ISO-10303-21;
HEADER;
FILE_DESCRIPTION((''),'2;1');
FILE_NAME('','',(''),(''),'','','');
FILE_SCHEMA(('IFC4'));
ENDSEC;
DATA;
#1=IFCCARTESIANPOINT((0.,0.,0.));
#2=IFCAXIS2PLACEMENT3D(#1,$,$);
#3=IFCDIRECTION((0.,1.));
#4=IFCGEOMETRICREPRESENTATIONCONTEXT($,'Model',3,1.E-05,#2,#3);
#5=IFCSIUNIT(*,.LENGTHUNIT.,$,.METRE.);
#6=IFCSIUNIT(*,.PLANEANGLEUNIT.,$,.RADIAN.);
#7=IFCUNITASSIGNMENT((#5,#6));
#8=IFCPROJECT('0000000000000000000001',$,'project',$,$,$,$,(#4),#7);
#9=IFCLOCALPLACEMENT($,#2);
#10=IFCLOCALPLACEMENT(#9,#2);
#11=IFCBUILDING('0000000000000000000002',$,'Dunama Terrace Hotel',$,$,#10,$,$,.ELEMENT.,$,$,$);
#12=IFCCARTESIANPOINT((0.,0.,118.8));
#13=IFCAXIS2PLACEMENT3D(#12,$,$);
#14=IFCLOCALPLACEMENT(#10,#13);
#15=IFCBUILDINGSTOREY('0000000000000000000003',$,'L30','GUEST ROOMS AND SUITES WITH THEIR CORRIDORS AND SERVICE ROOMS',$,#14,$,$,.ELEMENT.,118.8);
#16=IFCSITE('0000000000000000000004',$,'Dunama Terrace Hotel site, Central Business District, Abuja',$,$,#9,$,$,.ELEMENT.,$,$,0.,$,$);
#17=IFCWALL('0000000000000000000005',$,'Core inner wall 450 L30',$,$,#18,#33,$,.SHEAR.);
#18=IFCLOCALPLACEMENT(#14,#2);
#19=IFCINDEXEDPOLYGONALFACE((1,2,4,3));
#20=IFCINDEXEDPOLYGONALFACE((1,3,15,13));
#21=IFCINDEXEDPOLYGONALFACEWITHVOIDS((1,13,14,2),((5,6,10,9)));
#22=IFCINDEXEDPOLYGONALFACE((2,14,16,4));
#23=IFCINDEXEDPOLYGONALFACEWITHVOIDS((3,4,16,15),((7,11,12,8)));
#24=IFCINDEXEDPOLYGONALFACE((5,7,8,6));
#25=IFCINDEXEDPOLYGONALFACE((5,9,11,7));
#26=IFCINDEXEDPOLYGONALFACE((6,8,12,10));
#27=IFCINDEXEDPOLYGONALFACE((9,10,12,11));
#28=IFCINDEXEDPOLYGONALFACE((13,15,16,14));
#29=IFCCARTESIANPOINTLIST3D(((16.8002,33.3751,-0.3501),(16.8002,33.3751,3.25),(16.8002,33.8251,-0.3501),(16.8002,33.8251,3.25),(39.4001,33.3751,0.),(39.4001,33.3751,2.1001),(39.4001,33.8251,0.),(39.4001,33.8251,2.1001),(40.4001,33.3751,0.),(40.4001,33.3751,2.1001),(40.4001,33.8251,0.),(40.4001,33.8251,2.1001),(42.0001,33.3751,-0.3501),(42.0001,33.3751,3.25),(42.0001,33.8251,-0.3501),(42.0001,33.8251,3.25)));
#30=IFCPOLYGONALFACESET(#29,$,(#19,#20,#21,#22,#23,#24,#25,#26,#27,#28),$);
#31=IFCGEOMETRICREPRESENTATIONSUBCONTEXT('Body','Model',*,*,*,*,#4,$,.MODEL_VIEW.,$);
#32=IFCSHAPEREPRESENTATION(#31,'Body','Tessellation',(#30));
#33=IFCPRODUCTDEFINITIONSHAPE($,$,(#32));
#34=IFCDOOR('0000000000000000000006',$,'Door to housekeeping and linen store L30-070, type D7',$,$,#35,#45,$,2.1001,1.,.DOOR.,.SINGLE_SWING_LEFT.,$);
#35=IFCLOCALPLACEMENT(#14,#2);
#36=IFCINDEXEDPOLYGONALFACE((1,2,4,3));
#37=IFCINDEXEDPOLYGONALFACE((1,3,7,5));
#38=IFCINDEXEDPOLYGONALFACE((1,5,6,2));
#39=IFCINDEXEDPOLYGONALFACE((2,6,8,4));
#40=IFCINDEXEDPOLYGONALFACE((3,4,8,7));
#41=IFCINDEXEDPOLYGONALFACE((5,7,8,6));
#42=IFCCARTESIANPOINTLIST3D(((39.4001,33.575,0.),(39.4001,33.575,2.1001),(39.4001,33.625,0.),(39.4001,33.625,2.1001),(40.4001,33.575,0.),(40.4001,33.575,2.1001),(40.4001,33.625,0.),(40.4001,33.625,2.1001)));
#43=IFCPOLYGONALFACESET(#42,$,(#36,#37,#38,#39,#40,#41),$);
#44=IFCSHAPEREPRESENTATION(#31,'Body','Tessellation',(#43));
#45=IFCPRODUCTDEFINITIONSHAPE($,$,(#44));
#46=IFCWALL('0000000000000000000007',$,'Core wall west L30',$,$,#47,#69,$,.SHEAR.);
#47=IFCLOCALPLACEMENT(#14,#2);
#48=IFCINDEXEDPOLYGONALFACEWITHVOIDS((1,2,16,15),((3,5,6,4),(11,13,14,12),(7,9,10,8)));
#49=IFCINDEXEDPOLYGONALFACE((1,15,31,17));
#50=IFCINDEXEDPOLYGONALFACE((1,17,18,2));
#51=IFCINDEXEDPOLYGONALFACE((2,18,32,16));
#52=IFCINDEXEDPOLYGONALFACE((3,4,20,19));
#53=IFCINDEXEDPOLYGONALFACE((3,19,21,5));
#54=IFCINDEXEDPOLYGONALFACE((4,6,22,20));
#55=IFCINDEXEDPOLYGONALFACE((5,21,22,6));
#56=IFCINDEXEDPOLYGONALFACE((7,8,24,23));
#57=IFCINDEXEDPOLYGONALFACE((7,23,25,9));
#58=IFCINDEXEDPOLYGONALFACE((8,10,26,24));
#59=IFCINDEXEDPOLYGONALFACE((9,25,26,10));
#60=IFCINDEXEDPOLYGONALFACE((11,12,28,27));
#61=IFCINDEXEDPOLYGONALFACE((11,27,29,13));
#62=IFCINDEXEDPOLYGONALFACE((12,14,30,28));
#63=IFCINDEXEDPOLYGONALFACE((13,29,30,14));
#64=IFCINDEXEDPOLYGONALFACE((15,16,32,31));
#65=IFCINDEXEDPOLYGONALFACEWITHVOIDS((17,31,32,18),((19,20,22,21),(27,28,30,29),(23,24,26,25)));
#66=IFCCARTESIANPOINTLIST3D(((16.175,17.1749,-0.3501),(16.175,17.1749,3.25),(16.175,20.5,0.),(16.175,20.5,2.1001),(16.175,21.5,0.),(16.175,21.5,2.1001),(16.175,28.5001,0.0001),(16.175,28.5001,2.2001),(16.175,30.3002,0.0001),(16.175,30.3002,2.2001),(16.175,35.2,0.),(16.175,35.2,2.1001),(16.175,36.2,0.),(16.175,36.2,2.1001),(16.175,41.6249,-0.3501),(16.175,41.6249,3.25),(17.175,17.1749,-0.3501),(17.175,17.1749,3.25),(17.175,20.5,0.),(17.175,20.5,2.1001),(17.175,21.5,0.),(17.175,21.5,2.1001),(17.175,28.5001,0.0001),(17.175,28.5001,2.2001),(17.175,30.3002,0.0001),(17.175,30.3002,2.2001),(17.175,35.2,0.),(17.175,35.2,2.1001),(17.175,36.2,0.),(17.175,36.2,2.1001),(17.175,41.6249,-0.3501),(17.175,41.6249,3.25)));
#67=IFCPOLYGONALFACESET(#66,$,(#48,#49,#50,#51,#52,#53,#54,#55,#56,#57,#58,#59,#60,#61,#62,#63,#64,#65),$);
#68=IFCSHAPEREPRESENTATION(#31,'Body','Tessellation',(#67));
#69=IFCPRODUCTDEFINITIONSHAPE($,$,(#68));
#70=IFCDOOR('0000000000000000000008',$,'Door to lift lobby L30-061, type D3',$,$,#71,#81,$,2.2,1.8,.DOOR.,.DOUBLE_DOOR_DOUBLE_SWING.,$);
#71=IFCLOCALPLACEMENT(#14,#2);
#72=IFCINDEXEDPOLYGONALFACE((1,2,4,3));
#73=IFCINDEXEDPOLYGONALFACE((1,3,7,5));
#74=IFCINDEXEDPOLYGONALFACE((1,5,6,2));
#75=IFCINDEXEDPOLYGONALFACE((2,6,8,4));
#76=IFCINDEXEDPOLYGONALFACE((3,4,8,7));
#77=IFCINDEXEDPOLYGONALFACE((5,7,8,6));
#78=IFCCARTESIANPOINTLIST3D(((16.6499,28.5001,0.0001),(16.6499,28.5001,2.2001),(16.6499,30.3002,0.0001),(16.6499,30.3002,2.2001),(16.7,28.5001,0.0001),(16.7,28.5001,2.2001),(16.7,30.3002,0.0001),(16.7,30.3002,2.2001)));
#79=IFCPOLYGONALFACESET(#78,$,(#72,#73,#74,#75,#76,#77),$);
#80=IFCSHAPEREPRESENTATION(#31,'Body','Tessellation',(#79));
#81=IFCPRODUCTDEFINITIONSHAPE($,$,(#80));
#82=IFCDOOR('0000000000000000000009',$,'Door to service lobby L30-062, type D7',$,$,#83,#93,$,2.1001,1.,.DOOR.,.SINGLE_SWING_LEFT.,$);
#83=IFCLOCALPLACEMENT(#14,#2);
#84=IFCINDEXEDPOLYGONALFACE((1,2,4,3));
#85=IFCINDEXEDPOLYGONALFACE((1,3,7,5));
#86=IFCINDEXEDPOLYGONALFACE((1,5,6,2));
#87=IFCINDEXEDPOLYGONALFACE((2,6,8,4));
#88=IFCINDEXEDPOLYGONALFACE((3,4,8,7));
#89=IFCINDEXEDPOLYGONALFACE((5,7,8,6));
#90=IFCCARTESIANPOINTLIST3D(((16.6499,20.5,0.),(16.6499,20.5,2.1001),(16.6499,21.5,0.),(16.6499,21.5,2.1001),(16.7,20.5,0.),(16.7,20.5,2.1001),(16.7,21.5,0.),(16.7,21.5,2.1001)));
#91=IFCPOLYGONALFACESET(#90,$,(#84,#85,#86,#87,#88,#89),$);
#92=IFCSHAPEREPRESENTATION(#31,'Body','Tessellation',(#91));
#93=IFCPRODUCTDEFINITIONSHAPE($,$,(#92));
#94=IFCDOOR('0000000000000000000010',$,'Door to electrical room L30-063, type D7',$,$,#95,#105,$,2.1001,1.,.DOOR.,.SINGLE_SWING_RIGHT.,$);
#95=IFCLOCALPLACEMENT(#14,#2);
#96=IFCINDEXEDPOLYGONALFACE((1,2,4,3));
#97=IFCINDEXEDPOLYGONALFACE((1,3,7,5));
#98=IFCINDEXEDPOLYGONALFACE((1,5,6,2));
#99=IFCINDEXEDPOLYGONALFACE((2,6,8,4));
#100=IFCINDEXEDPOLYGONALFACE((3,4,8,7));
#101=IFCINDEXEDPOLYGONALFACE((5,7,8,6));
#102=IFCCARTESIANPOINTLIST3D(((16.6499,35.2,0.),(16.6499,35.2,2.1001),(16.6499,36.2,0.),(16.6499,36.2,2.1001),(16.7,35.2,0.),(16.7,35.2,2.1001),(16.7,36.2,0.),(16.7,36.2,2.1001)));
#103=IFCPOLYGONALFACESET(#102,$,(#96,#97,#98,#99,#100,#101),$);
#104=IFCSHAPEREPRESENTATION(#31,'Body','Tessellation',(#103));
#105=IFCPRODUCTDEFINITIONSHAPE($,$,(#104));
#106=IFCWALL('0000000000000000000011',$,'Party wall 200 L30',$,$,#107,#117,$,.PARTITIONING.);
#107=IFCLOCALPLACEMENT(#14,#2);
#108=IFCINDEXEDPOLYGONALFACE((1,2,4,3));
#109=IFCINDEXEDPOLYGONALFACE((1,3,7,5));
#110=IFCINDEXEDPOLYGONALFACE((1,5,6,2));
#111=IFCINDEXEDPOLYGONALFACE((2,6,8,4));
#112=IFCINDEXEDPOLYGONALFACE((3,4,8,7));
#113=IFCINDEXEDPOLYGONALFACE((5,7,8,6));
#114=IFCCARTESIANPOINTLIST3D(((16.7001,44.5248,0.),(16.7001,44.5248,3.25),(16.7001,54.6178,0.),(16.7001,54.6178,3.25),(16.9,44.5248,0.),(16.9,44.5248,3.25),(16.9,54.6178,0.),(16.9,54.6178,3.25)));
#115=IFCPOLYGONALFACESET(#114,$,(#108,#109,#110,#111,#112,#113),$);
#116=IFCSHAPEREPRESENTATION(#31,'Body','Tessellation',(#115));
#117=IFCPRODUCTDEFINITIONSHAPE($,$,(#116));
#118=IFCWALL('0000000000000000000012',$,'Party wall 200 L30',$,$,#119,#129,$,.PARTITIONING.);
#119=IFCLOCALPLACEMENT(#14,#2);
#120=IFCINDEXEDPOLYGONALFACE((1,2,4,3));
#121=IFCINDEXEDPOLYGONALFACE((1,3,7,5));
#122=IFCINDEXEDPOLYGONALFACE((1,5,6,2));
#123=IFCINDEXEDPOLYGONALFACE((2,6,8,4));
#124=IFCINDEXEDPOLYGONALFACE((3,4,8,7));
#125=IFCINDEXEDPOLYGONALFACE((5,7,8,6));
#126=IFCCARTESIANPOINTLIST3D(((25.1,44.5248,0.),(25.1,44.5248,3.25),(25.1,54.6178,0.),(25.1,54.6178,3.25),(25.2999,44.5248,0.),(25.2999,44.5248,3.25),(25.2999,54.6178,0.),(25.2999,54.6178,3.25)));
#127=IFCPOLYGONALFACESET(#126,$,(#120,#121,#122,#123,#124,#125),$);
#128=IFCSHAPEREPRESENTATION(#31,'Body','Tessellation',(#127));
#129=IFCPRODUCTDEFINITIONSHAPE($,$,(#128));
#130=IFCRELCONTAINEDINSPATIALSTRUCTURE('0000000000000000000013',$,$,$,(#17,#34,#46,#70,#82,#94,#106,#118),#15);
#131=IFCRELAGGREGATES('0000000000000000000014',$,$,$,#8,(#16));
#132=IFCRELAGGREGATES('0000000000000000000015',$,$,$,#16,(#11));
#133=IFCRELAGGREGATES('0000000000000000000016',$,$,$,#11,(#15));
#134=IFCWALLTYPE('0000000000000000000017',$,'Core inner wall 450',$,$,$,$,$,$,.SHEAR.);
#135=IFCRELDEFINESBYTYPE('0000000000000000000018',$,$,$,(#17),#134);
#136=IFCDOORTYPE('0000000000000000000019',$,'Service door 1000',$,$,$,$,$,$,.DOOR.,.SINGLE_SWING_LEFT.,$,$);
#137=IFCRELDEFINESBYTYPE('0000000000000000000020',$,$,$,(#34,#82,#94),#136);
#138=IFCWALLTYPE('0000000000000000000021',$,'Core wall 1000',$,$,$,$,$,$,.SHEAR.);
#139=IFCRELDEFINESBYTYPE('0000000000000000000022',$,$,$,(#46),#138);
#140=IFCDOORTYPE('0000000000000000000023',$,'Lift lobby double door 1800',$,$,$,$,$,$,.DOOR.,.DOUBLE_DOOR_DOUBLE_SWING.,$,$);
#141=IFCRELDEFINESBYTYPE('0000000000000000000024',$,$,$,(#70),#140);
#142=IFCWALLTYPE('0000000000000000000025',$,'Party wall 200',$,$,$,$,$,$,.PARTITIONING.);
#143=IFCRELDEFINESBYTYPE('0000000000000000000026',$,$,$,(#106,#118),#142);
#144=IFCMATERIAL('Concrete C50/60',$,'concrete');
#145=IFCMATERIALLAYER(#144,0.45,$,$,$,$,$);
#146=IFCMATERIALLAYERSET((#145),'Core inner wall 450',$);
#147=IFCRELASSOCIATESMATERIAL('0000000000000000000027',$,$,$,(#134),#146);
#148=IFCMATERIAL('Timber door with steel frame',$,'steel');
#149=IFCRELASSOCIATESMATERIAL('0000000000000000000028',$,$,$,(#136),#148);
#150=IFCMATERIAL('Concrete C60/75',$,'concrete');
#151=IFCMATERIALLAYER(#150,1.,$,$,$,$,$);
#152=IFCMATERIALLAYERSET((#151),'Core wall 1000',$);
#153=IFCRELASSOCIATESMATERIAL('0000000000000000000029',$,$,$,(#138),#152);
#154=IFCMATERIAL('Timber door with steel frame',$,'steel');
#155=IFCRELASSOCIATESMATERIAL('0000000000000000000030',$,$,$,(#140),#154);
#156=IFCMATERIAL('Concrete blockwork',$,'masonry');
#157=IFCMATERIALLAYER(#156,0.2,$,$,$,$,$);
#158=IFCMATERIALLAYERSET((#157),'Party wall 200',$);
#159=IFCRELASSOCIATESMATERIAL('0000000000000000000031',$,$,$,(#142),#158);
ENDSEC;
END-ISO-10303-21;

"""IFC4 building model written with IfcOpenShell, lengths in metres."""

from ifc_helpers import new_model, si_unit, direction, frame, frame_2d, origin, place, context, subcontext, project, spatial, rectangle, extrude, material, layer, layer_set, type_object, element, fill, save


model = new_model("IFC4")

# Units and contexts
model_context = context("Model", 3, precision=1e-05, world=origin(), true_north=direction((0.0, 1.0)))
body_context = subcontext(model_context, "Body", "Model", "MODEL_VIEW")
ifc_project = project(units=[si_unit("LENGTHUNIT", "METRE"), si_unit("PLANEANGLEUNIT", "RADIAN")], contexts=[model_context])

# Site, building, storey
site_placement = place(None, origin())
site = spatial("IfcSite", under=ifc_project, at=site_placement, Name="Dunama Terrace Hotel site, Central Business District, Abuja", CompositionType="ELEMENT", RefElevation=0.0)
building_placement = place(site_placement, origin())
building = spatial("IfcBuilding", under=site, at=building_placement, Name="Dunama Terrace Hotel", CompositionType="ELEMENT")
storey_placement = place(building_placement, frame((0.0, 0.0, 118.8)))
storey = spatial("IfcBuildingStorey", under=building, at=storey_placement, Name="L30", Description="GUEST ROOMS AND SUITES WITH THEIR CORRIDORS AND SERVICE ROOMS", CompositionType="ELEMENT", Elevation=118.8)

# Shared definitions
ifc_material_1 = material(Name="Concrete C50/60", Category="concrete")
ifc_layer_1 = layer(ifc_material_1, 0.45)
ifc_layer_set_1 = layer_set([ifc_layer_1], Name="Core inner wall 450")
wall_type_1 = type_object("IfcWallType", Name="Core inner wall 450", PredefinedType="SHEAR", material=ifc_layer_set_1)

# Wall, opening, door
wall_1_placement = place(storey_placement, frame((16.8, 33.6001, -0.3501), z_axis=(0.0, 0.0, 1.0), x_axis=(1.0, 0.0, 0.0)))
wall_1 = element("IfcWall", 1, at=wall_1_placement, inside=storey, type_object=wall_type_1, Name="Core inner wall 450 L30", PredefinedType="SHEAR", context=body_context, shape_type="SweptSolid", body=[
    extrude(rectangle(XDim=25.2, YDim=0.45, at=frame_2d((12.6001, 0.0))), origin(), (0.0, 0.0, 1.0), 3.6001),
])
opening_1_placement = place(wall_1_placement, frame((22.6001, 0.0, 0.3501)))
opening_1 = element("IfcOpeningElement", 2, at=opening_1_placement, cuts=wall_1, PredefinedType="OPENING", context=body_context, shape_type="SweptSolid", body=[
    extrude(rectangle(XDim=1.0, YDim=2.1001, at=frame_2d((0.5, 1.05))), frame((0.0, 0.2349, 0.0), z_axis=(0.0, -1.0, 0.0), x_axis=(1.0, 0.0, 0.0)), (0.0, 0.0, 1.0), 0.47),
])
ifc_material_2 = material(Name="Timber door with steel frame", Category="steel")
door_type_1 = type_object("IfcDoorType", Name="Service door 1000", OperationType="SINGLE_SWING_LEFT", PredefinedType="DOOR", material=ifc_material_2)
door_1_placement = place(opening_1_placement, frame((1.0, 0.0, 0.0), z_axis=(0.0, 0.0, 1.0), x_axis=(-1.0, 0.0, 0.0)))
door_1 = element("IfcDoor", 3, at=door_1_placement, inside=storey, type_object=door_type_1, Name="Door to housekeeping and linen store L30-070, type D7", OperationType="SINGLE_SWING_LEFT", OverallHeight=2.1001, OverallWidth=1.0, PredefinedType="DOOR", context=body_context, shape_type="SweptSolid", body=[
    extrude(rectangle(XDim=1.0, YDim=2.1001, at=frame_2d((0.5, 1.05))), frame((0.0, 0.0251, 0.0), z_axis=(0.0, -1.0, 0.0), x_axis=(1.0, 0.0, 0.0)), (0.0, 0.0, 1.0), 0.05),
])
fill(opening_1, door_1)

# Wall, openings, doors
ifc_material_3 = material(Name="Concrete C60/75", Category="concrete")
ifc_layer_2 = layer(ifc_material_3, 1.0)
ifc_layer_set_2 = layer_set([ifc_layer_2], Name="Core wall 1000")
wall_type_2 = type_object("IfcWallType", Name="Core wall 1000", PredefinedType="SHEAR", material=ifc_layer_set_2)
wall_2_placement = place(storey_placement, frame((16.675, 41.625, -0.3501), z_axis=(0.0, 0.0, 1.0), x_axis=(0.0, -1.0, 0.0)))
wall_2 = element("IfcWall", 4, at=wall_2_placement, inside=storey, type_object=wall_type_2, Name="Core wall west L30", PredefinedType="SHEAR", context=body_context, shape_type="SweptSolid", body=[
    extrude(rectangle(XDim=24.45, YDim=1.0, at=frame_2d((12.2251, 0.0))), origin(), (0.0, 0.0, 1.0), 3.6001),
])
opening_2_placement = place(wall_2_placement, frame((11.325, 0.0, 0.3501)))
opening_2 = element("IfcOpeningElement", 5, at=opening_2_placement, cuts=wall_2, PredefinedType="OPENING", context=body_context, shape_type="SweptSolid", body=[
    extrude(rectangle(XDim=1.8, YDim=2.2, at=frame_2d((0.8999, 1.1001))), frame((0.0, 0.51, 0.0), z_axis=(0.0, -1.0, 0.0), x_axis=(1.0, 0.0, 0.0)), (0.0, 0.0, 1.0), 1.02),
])
opening_3_placement = place(wall_2_placement, frame((20.125, 0.0, 0.3501)))
opening_3 = element("IfcOpeningElement", 6, at=opening_3_placement, cuts=wall_2, PredefinedType="OPENING", context=body_context, shape_type="SweptSolid", body=[
    extrude(rectangle(XDim=1.0, YDim=2.1001, at=frame_2d((0.5, 1.05))), frame((0.0, 0.51, 0.0), z_axis=(0.0, -1.0, 0.0), x_axis=(1.0, 0.0, 0.0)), (0.0, 0.0, 1.0), 1.02),
])
opening_4_placement = place(wall_2_placement, frame((5.425, 0.0, 0.3501)))
opening_4 = element("IfcOpeningElement", 7, at=opening_4_placement, cuts=wall_2, PredefinedType="OPENING", context=body_context, shape_type="SweptSolid", body=[
    extrude(rectangle(XDim=1.0, YDim=2.1001, at=frame_2d((0.5, 1.05))), frame((0.0, 0.51, 0.0), z_axis=(0.0, -1.0, 0.0), x_axis=(1.0, 0.0, 0.0)), (0.0, 0.0, 1.0), 1.02),
])
ifc_material_4 = material(Name="Timber door with steel frame", Category="steel")
door_type_2 = type_object("IfcDoorType", Name="Lift lobby double door 1800", OperationType="DOUBLE_DOOR_DOUBLE_SWING", PredefinedType="DOOR", material=ifc_material_4)
door_2_placement = place(opening_2_placement, origin())
door_2 = element("IfcDoor", 8, at=door_2_placement, inside=storey, type_object=door_type_2, Name="Door to lift lobby L30-061, type D3", OperationType="DOUBLE_DOOR_DOUBLE_SWING", OverallHeight=2.2, OverallWidth=1.8, PredefinedType="DOOR", context=body_context, shape_type="SweptSolid", body=[
    extrude(rectangle(XDim=1.8, YDim=2.2, at=frame_2d((0.8999, 1.1001))), frame((0.0, 0.0249, 0.0), z_axis=(0.0, -1.0, 0.0), x_axis=(1.0, 0.0, 0.0)), (0.0, 0.0, 1.0), 0.05),
])
fill(opening_2, door_2)
door_3_placement = place(opening_3_placement, origin())
door_3 = element("IfcDoor", 9, at=door_3_placement, inside=storey, type_object=door_type_1, Name="Door to service lobby L30-062, type D7", OperationType="SINGLE_SWING_LEFT", OverallHeight=2.1001, OverallWidth=1.0, PredefinedType="DOOR", context=body_context, shape_type="SweptSolid", body=[
    extrude(rectangle(XDim=1.0, YDim=2.1001, at=frame_2d((0.5, 1.05))), frame((0.0, 0.0249, 0.0), z_axis=(0.0, -1.0, 0.0), x_axis=(1.0, 0.0, 0.0)), (0.0, 0.0, 1.0), 0.05),
])
fill(opening_3, door_3)
door_4_placement = place(opening_4_placement, origin())
door_4 = element("IfcDoor", 10, at=door_4_placement, inside=storey, type_object=door_type_1, Name="Door to electrical room L30-063, type D7", OperationType="SINGLE_SWING_RIGHT", OverallHeight=2.1001, OverallWidth=1.0, PredefinedType="DOOR", context=body_context, shape_type="SweptSolid", body=[
    extrude(rectangle(XDim=1.0, YDim=2.1001, at=frame_2d((0.5, 1.05))), frame((0.0, 0.0249, 0.0), z_axis=(0.0, -1.0, 0.0), x_axis=(1.0, 0.0, 0.0)), (0.0, 0.0, 1.0), 0.05),
])
fill(opening_4, door_4)

# Walls
ifc_material_5 = material(Name="Concrete blockwork", Category="masonry")
ifc_layer_3 = layer(ifc_material_5, 0.2)
ifc_layer_set_3 = layer_set([ifc_layer_3], Name="Party wall 200")
wall_type_3 = type_object("IfcWallType", Name="Party wall 200", PredefinedType="PARTITIONING", material=ifc_layer_set_3)
for number, where, z_axis, x_axis, name in (
    (11, (16.8, 44.5249, 0.0), (0.0, 0.0, 1.0), (0.0, 1.0, 0.0), "Party wall 200 L30"),
    (12, (25.2, 44.5249, 0.0), (0.0, 0.0, 1.0), (0.0, 1.0, 0.0), "Party wall 200 L30"),
):
    element("IfcWall", number, at=place(storey_placement, frame(where, z_axis=z_axis, x_axis=x_axis)), inside=storey, type_object=wall_type_3, Name=name, PredefinedType="PARTITIONING", context=body_context, shape_type="SweptSolid", body=[
        extrude(rectangle(XDim=10.093, YDim=0.2, at=frame_2d((5.0464, 0.0))), origin(), (0.0, 0.0, 1.0), 3.25),
    ])

save(model, "model.ifc")
